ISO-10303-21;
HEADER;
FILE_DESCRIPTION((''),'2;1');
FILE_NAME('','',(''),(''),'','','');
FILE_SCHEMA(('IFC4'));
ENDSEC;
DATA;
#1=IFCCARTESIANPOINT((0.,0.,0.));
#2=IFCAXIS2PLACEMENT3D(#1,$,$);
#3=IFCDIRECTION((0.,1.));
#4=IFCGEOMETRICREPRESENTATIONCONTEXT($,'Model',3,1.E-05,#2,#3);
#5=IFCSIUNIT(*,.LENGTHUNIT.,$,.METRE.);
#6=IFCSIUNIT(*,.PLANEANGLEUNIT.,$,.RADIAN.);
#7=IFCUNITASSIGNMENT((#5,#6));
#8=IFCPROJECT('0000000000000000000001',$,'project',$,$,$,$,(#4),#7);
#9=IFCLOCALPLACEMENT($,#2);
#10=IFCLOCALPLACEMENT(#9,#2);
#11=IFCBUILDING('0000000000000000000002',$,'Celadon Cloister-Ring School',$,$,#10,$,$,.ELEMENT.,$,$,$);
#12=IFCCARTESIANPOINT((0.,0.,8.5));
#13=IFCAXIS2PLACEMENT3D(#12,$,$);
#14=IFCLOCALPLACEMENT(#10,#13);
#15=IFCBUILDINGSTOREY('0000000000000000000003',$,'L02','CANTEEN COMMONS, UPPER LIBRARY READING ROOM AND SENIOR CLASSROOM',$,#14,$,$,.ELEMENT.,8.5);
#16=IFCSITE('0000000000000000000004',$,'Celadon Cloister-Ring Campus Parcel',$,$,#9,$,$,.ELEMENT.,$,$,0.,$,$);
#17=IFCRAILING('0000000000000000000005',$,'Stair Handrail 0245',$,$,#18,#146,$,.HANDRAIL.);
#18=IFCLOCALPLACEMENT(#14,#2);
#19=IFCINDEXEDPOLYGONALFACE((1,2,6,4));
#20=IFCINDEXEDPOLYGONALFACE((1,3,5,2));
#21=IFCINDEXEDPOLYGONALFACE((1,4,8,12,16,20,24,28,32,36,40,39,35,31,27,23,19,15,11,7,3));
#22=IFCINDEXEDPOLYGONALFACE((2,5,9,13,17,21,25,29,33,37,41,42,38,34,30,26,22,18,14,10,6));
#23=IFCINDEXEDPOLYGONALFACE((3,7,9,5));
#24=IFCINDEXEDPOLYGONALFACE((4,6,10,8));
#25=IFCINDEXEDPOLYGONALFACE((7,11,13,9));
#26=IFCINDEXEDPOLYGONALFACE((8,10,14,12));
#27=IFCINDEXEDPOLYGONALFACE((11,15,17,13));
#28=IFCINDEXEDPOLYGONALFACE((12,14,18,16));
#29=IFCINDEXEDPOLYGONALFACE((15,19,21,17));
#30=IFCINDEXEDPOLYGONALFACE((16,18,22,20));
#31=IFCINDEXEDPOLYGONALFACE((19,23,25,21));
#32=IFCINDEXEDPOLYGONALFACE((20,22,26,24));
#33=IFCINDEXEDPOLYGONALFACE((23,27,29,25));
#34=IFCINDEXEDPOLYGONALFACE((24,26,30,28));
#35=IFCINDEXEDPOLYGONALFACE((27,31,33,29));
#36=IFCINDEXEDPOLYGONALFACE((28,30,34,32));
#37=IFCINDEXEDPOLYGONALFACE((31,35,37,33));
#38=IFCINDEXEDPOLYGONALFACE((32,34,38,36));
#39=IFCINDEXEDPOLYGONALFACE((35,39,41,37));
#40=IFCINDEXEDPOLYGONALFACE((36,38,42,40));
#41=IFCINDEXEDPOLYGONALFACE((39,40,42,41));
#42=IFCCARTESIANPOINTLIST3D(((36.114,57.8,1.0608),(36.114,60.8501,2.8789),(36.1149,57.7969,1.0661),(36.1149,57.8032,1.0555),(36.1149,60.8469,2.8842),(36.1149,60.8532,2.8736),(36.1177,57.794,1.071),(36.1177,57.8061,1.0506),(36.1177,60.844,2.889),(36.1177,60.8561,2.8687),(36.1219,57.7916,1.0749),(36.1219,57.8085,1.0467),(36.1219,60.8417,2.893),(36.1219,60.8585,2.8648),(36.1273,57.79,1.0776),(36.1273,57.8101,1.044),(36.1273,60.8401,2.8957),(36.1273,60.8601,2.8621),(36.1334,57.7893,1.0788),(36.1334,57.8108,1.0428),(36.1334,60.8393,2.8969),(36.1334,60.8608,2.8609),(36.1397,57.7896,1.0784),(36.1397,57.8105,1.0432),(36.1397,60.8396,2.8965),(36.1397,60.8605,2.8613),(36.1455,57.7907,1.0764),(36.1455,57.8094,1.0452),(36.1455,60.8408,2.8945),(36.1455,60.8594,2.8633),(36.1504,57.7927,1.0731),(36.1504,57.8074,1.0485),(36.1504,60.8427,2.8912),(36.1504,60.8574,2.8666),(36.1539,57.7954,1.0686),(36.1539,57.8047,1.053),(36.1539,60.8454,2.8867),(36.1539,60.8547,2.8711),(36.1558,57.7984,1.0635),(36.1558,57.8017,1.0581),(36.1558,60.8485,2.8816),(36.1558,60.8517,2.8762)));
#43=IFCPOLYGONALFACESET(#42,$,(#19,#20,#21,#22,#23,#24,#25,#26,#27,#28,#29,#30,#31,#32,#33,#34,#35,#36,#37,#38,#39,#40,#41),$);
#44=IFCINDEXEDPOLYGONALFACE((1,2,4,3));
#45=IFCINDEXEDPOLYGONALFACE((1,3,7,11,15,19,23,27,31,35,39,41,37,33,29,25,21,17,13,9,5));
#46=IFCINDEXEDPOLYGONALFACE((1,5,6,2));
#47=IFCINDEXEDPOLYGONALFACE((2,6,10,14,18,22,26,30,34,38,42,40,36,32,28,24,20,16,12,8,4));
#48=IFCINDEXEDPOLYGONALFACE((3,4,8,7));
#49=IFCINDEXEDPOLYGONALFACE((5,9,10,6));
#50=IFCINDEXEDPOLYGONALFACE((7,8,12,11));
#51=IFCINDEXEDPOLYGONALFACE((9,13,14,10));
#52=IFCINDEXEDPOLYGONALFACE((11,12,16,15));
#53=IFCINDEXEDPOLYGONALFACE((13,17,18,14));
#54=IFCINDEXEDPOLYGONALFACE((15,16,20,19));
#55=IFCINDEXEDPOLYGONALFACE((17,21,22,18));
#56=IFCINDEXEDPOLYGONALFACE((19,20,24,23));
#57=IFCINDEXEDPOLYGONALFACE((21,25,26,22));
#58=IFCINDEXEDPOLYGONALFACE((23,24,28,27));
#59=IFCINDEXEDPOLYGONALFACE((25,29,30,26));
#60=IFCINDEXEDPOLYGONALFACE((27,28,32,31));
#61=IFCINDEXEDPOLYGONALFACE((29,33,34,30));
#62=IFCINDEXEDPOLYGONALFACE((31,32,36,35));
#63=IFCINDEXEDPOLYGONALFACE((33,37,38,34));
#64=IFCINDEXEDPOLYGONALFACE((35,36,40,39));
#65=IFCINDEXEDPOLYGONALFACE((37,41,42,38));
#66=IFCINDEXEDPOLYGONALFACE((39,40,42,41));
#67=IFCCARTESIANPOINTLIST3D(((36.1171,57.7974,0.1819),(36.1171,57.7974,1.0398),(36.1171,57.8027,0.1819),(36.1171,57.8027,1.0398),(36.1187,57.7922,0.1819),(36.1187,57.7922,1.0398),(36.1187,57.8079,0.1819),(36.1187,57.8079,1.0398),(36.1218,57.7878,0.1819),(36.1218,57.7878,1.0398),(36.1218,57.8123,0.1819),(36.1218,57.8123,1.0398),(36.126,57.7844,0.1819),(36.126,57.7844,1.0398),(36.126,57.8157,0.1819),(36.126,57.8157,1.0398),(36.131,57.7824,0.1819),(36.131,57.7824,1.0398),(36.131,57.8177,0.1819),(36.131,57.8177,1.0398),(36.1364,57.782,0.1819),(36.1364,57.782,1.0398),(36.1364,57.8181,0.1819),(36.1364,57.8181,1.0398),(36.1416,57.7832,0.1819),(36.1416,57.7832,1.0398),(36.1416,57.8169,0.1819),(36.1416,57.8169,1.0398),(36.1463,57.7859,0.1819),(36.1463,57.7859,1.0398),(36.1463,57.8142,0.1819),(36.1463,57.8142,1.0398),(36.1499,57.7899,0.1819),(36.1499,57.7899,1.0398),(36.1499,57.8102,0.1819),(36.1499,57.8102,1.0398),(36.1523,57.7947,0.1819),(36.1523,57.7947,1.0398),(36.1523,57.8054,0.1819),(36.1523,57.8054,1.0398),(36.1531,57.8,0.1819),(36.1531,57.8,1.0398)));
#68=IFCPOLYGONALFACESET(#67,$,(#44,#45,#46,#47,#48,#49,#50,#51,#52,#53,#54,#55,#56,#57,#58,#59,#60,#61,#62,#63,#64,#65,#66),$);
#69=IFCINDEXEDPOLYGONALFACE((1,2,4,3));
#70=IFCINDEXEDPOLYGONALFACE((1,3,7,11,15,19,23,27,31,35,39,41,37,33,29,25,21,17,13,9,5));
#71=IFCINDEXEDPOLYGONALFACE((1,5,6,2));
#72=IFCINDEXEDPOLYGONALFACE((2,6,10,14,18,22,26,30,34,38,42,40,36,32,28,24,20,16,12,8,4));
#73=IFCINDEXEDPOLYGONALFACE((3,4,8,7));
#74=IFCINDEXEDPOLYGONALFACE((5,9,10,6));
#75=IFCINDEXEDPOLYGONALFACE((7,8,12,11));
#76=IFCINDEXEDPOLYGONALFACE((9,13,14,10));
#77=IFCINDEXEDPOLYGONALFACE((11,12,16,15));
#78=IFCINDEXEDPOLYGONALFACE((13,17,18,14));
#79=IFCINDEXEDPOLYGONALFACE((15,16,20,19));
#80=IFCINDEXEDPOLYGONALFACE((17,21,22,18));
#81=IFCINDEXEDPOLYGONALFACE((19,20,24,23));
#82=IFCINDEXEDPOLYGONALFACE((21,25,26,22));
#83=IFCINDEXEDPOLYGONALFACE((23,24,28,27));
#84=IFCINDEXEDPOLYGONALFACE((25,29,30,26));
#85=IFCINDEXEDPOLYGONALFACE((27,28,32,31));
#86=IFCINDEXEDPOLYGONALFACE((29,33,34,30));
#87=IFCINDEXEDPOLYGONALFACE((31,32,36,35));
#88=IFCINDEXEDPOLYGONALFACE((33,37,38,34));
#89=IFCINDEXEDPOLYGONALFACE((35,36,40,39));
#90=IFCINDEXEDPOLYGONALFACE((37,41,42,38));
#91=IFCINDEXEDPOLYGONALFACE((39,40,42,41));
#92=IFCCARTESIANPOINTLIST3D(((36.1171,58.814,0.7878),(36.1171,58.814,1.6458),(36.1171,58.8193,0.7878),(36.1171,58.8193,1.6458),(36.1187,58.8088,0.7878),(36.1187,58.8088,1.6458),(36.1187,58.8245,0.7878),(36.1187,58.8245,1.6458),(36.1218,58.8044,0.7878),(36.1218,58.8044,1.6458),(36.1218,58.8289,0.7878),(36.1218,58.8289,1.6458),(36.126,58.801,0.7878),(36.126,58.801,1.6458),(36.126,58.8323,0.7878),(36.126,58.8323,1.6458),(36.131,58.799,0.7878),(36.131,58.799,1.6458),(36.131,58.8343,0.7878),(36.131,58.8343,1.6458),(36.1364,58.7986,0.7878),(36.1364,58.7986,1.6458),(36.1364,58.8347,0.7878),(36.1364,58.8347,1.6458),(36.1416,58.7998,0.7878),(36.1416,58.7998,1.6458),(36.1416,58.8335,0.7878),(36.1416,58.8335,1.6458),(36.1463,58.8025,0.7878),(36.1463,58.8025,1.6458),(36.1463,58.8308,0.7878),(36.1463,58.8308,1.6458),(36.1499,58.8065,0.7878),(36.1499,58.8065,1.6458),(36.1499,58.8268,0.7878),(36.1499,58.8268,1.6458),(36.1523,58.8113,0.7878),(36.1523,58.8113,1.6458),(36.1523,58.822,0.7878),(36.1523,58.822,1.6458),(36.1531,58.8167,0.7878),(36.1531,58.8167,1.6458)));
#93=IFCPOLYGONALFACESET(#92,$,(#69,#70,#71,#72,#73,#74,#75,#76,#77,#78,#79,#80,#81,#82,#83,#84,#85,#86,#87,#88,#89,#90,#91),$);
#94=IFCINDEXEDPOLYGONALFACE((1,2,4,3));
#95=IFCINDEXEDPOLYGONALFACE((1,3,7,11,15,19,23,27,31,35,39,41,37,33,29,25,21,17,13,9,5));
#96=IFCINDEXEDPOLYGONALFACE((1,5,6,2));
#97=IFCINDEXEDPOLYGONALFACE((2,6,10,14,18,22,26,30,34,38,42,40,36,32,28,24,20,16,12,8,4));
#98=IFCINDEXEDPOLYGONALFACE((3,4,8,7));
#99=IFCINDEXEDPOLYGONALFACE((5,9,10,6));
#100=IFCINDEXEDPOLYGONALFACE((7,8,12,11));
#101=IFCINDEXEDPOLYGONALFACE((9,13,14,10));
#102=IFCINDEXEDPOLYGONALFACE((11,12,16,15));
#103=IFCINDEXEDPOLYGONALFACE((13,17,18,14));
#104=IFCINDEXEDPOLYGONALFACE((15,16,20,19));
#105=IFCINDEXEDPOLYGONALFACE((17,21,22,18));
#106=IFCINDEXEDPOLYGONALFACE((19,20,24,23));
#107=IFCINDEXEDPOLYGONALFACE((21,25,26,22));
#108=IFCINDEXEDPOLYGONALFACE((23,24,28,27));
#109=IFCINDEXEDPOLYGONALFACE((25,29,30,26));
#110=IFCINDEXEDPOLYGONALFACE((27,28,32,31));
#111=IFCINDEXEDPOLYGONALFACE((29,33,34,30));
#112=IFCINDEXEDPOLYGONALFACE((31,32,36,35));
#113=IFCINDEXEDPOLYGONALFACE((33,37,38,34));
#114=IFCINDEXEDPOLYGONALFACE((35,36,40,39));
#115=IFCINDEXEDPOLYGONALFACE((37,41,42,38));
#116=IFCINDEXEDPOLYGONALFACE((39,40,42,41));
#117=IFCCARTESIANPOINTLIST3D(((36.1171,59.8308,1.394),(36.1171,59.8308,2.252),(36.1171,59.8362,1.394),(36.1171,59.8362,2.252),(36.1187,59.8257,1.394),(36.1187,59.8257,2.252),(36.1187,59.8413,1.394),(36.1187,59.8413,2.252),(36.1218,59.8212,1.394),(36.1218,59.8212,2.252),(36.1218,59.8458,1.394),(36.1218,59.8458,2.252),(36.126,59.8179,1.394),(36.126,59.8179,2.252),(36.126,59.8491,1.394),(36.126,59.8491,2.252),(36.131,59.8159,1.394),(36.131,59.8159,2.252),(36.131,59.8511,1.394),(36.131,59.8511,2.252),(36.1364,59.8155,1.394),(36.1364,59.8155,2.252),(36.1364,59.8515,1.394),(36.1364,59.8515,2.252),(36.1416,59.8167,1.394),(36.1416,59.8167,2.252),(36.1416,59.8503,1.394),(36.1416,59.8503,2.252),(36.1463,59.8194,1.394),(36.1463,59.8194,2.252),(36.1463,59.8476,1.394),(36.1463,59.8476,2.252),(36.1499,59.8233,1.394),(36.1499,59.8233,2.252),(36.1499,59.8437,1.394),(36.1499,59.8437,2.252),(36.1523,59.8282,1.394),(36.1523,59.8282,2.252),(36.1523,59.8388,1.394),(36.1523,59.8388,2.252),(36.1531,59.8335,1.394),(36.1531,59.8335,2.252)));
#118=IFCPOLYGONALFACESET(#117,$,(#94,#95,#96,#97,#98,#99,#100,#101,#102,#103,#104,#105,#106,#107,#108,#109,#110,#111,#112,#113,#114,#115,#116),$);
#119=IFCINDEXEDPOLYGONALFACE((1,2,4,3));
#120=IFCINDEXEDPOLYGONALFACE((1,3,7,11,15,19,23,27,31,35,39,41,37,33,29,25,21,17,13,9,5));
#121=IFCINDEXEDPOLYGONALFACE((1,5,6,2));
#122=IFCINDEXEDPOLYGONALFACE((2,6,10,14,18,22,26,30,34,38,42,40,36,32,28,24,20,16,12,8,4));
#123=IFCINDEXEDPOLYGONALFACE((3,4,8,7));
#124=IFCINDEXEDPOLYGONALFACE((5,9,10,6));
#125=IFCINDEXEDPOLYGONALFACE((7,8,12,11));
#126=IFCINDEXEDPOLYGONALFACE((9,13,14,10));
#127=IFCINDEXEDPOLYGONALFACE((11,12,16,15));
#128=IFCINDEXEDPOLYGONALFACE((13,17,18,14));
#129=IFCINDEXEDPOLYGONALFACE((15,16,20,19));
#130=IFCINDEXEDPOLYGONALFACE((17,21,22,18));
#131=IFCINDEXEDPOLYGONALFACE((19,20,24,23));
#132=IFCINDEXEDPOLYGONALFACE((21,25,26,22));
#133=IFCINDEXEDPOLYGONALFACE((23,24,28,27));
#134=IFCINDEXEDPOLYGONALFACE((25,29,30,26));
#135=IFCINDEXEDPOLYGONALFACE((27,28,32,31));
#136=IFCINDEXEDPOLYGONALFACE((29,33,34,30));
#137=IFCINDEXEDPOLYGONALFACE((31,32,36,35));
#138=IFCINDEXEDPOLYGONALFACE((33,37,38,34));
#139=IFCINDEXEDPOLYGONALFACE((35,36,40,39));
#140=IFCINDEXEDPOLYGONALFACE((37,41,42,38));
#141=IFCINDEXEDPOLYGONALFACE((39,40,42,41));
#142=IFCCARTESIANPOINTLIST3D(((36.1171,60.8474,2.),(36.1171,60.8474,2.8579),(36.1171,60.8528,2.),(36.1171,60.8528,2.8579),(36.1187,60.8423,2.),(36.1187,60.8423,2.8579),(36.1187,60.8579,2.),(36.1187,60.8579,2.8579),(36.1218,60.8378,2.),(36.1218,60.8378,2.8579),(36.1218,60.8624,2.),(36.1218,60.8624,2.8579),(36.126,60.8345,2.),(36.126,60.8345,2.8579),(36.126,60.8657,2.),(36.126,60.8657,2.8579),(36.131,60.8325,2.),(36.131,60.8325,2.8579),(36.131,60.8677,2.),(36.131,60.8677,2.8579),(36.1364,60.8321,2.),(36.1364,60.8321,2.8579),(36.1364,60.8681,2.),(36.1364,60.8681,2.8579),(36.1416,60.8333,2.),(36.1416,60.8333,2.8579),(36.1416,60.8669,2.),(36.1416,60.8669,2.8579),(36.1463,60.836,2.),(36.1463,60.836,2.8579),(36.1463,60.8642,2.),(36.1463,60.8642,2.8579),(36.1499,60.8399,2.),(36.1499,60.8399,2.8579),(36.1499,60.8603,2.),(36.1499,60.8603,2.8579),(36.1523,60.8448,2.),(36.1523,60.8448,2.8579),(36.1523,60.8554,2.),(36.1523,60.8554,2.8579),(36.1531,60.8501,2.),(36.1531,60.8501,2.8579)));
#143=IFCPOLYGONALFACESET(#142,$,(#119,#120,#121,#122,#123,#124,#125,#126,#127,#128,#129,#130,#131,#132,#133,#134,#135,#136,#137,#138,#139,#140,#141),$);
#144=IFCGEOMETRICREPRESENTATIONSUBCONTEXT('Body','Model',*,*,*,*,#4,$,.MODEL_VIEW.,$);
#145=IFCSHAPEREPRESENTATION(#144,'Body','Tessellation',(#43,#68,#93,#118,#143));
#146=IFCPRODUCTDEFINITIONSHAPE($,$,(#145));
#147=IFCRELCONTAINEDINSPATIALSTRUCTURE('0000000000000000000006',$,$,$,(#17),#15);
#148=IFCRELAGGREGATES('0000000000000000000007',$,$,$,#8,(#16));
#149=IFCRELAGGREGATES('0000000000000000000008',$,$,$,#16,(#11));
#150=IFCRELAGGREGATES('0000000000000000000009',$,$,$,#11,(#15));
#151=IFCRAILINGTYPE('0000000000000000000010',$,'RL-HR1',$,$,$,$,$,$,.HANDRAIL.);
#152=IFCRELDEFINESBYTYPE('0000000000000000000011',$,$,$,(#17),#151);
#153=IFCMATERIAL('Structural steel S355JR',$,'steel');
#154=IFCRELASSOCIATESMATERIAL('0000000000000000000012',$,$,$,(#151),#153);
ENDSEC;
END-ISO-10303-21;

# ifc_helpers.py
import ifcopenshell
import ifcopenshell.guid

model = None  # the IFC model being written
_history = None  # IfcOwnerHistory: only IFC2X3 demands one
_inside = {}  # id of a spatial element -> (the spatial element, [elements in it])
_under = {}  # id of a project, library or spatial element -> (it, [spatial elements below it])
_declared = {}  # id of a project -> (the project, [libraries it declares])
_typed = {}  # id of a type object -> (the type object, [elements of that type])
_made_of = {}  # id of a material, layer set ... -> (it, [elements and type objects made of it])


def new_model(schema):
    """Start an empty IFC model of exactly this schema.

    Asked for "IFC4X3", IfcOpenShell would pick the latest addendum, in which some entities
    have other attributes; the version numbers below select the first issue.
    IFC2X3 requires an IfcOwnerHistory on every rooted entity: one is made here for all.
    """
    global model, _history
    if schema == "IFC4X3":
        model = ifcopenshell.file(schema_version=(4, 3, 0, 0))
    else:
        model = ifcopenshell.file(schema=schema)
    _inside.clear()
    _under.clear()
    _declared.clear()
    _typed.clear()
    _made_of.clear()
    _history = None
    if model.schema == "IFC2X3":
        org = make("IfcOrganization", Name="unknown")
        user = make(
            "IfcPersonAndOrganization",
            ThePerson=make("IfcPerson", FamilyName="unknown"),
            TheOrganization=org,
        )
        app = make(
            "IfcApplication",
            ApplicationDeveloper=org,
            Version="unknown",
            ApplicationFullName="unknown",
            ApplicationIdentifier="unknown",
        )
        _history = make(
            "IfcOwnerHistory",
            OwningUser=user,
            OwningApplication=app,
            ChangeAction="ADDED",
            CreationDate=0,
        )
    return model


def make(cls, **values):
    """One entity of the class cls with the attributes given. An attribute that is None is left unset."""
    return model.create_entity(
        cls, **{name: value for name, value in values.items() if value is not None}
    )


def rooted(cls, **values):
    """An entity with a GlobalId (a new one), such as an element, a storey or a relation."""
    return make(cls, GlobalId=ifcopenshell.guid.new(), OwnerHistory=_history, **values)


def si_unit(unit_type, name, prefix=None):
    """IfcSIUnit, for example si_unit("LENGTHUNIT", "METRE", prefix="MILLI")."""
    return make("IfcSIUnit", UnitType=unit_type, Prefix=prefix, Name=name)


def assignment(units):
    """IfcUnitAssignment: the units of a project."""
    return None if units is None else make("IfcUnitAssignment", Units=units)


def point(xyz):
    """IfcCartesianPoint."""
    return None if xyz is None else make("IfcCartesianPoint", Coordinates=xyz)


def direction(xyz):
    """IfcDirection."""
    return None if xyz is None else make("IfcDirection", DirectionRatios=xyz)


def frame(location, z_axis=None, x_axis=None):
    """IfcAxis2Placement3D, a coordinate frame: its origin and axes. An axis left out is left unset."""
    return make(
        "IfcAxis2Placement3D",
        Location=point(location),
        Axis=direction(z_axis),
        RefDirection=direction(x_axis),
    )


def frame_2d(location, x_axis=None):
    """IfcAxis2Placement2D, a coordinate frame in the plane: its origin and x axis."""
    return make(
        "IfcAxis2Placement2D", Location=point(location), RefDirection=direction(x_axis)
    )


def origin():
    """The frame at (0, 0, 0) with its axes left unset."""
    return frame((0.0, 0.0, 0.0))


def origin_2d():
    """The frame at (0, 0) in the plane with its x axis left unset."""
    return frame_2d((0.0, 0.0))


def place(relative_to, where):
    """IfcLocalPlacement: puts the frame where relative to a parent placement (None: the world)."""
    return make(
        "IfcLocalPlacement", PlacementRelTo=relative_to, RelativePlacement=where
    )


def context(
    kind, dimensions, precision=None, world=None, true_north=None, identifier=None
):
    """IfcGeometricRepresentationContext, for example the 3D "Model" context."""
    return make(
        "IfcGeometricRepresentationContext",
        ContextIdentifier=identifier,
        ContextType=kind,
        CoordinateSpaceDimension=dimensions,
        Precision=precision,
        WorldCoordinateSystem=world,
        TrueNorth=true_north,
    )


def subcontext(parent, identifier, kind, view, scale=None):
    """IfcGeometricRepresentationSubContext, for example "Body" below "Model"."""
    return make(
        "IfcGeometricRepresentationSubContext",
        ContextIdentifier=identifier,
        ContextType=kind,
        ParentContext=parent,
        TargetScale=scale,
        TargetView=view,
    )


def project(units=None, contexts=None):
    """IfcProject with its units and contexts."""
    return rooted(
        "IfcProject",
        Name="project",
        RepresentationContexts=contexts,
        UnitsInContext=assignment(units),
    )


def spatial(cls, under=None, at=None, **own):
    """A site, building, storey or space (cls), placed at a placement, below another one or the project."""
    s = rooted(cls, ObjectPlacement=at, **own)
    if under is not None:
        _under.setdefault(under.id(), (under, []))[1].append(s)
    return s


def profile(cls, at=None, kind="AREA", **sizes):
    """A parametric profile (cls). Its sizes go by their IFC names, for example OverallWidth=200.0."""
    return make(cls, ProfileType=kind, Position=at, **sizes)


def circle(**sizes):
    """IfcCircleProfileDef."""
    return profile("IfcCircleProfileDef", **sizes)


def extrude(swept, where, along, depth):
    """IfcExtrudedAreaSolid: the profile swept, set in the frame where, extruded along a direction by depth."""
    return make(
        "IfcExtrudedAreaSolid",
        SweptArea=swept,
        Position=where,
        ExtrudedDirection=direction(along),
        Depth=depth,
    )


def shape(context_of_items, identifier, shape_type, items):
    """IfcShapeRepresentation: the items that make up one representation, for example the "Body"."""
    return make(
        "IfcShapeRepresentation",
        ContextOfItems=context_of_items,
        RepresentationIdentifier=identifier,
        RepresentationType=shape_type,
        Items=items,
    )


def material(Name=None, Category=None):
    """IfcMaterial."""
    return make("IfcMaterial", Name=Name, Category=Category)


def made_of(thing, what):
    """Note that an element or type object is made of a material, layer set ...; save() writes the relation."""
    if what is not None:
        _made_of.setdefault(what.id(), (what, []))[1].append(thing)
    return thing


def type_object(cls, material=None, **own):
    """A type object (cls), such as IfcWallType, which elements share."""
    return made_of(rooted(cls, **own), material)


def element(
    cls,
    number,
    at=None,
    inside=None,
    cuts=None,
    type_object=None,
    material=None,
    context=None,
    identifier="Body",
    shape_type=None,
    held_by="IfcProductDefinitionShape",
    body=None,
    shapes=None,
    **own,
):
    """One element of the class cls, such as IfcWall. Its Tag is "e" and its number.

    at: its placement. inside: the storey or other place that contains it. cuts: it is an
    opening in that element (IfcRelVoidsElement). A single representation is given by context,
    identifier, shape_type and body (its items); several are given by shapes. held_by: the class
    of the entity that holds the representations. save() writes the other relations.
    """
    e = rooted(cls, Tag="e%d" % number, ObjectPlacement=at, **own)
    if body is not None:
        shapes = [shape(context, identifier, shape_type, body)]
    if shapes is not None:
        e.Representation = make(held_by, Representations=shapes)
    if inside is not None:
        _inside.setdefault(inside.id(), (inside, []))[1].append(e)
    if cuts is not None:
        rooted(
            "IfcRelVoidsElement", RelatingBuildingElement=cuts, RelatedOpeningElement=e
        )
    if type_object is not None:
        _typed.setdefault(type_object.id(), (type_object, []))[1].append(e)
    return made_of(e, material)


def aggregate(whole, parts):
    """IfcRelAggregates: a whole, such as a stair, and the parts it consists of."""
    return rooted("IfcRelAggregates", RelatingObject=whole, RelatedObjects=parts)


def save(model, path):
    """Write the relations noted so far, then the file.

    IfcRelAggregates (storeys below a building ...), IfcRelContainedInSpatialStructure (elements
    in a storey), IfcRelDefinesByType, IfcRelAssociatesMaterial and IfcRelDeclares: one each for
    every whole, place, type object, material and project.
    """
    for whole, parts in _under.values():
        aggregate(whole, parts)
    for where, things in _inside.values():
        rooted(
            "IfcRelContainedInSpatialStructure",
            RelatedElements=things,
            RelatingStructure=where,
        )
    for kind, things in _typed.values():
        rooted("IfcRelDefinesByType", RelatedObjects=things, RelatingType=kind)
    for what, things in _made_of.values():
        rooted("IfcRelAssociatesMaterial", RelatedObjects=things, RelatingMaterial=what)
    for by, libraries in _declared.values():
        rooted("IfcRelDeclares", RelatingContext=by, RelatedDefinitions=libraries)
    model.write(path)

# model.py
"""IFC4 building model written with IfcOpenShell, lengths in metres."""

from ifc_helpers import new_model, si_unit, direction, frame, origin, origin_2d, place, context, subcontext, project, spatial, circle, extrude, material, type_object, element, save


model = new_model("IFC4")

# Units and contexts
model_context = context("Model", 3, precision=1e-05, world=origin(), true_north=direction((0.0, 1.0)))
body_context = subcontext(model_context, "Body", "Model", "MODEL_VIEW")
ifc_project = project(units=[si_unit("LENGTHUNIT", "METRE"), si_unit("PLANEANGLEUNIT", "RADIAN")], contexts=[model_context])

# Site, building, storey
site_placement = place(None, origin())
site = spatial("IfcSite", under=ifc_project, at=site_placement, Name="Celadon Cloister-Ring Campus Parcel", CompositionType="ELEMENT", RefElevation=0.0)
building_placement = place(site_placement, origin())
building = spatial("IfcBuilding", under=site, at=building_placement, Name="Celadon Cloister-Ring School", CompositionType="ELEMENT")
storey_placement = place(building_placement, frame((0.0, 0.0, 8.5)))
storey = spatial("IfcBuildingStorey", under=building, at=storey_placement, Name="L02", Description="CANTEEN COMMONS, UPPER LIBRARY READING ROOM AND SENIOR CLASSROOM", CompositionType="ELEMENT", Elevation=8.5)

# Railing
ifc_material_1 = material(Name="Structural steel S355JR", Category="steel")
railing_type_1 = type_object("IfcRailingType", Name="RL-HR1", PredefinedType="HANDRAIL", material=ifc_material_1)
for number, where, name in (
    (1, (36.135, 57.8, 0.1819), "Stair Handrail 0245"),
):
    element("IfcRailing", number, at=place(storey_placement, frame(where)), inside=storey, type_object=railing_type_1, Name=name, PredefinedType="HANDRAIL", context=body_context, shape_type="SweptSolid", body=[
        extrude(circle(Radius=0.021, at=origin_2d()), frame((0.0, 0.0, 0.8789), z_axis=(0.0, 0.85897, 0.512026), x_axis=(-1.0, 0.0, 0.0)), (0.0, 0.0, 1.0), 3.5508),
        extrude(circle(Radius=0.0181, at=origin_2d()), origin(), (0.0, 0.0, 1.0), 0.8579),
        extrude(circle(Radius=0.0181, at=origin_2d()), frame((0.0, 1.0166, 0.606)), (0.0, 0.0, 1.0), 0.8579),
        extrude(circle(Radius=0.0181, at=origin_2d()), frame((0.0, 2.0334, 1.2122)), (0.0, 0.0, 1.0), 0.8579),
        extrude(circle(Radius=0.0181, at=origin_2d()), frame((0.0, 3.05, 1.8181)), (0.0, 0.0, 1.0), 0.8579),
    ])

save(model, "model.ifc")
